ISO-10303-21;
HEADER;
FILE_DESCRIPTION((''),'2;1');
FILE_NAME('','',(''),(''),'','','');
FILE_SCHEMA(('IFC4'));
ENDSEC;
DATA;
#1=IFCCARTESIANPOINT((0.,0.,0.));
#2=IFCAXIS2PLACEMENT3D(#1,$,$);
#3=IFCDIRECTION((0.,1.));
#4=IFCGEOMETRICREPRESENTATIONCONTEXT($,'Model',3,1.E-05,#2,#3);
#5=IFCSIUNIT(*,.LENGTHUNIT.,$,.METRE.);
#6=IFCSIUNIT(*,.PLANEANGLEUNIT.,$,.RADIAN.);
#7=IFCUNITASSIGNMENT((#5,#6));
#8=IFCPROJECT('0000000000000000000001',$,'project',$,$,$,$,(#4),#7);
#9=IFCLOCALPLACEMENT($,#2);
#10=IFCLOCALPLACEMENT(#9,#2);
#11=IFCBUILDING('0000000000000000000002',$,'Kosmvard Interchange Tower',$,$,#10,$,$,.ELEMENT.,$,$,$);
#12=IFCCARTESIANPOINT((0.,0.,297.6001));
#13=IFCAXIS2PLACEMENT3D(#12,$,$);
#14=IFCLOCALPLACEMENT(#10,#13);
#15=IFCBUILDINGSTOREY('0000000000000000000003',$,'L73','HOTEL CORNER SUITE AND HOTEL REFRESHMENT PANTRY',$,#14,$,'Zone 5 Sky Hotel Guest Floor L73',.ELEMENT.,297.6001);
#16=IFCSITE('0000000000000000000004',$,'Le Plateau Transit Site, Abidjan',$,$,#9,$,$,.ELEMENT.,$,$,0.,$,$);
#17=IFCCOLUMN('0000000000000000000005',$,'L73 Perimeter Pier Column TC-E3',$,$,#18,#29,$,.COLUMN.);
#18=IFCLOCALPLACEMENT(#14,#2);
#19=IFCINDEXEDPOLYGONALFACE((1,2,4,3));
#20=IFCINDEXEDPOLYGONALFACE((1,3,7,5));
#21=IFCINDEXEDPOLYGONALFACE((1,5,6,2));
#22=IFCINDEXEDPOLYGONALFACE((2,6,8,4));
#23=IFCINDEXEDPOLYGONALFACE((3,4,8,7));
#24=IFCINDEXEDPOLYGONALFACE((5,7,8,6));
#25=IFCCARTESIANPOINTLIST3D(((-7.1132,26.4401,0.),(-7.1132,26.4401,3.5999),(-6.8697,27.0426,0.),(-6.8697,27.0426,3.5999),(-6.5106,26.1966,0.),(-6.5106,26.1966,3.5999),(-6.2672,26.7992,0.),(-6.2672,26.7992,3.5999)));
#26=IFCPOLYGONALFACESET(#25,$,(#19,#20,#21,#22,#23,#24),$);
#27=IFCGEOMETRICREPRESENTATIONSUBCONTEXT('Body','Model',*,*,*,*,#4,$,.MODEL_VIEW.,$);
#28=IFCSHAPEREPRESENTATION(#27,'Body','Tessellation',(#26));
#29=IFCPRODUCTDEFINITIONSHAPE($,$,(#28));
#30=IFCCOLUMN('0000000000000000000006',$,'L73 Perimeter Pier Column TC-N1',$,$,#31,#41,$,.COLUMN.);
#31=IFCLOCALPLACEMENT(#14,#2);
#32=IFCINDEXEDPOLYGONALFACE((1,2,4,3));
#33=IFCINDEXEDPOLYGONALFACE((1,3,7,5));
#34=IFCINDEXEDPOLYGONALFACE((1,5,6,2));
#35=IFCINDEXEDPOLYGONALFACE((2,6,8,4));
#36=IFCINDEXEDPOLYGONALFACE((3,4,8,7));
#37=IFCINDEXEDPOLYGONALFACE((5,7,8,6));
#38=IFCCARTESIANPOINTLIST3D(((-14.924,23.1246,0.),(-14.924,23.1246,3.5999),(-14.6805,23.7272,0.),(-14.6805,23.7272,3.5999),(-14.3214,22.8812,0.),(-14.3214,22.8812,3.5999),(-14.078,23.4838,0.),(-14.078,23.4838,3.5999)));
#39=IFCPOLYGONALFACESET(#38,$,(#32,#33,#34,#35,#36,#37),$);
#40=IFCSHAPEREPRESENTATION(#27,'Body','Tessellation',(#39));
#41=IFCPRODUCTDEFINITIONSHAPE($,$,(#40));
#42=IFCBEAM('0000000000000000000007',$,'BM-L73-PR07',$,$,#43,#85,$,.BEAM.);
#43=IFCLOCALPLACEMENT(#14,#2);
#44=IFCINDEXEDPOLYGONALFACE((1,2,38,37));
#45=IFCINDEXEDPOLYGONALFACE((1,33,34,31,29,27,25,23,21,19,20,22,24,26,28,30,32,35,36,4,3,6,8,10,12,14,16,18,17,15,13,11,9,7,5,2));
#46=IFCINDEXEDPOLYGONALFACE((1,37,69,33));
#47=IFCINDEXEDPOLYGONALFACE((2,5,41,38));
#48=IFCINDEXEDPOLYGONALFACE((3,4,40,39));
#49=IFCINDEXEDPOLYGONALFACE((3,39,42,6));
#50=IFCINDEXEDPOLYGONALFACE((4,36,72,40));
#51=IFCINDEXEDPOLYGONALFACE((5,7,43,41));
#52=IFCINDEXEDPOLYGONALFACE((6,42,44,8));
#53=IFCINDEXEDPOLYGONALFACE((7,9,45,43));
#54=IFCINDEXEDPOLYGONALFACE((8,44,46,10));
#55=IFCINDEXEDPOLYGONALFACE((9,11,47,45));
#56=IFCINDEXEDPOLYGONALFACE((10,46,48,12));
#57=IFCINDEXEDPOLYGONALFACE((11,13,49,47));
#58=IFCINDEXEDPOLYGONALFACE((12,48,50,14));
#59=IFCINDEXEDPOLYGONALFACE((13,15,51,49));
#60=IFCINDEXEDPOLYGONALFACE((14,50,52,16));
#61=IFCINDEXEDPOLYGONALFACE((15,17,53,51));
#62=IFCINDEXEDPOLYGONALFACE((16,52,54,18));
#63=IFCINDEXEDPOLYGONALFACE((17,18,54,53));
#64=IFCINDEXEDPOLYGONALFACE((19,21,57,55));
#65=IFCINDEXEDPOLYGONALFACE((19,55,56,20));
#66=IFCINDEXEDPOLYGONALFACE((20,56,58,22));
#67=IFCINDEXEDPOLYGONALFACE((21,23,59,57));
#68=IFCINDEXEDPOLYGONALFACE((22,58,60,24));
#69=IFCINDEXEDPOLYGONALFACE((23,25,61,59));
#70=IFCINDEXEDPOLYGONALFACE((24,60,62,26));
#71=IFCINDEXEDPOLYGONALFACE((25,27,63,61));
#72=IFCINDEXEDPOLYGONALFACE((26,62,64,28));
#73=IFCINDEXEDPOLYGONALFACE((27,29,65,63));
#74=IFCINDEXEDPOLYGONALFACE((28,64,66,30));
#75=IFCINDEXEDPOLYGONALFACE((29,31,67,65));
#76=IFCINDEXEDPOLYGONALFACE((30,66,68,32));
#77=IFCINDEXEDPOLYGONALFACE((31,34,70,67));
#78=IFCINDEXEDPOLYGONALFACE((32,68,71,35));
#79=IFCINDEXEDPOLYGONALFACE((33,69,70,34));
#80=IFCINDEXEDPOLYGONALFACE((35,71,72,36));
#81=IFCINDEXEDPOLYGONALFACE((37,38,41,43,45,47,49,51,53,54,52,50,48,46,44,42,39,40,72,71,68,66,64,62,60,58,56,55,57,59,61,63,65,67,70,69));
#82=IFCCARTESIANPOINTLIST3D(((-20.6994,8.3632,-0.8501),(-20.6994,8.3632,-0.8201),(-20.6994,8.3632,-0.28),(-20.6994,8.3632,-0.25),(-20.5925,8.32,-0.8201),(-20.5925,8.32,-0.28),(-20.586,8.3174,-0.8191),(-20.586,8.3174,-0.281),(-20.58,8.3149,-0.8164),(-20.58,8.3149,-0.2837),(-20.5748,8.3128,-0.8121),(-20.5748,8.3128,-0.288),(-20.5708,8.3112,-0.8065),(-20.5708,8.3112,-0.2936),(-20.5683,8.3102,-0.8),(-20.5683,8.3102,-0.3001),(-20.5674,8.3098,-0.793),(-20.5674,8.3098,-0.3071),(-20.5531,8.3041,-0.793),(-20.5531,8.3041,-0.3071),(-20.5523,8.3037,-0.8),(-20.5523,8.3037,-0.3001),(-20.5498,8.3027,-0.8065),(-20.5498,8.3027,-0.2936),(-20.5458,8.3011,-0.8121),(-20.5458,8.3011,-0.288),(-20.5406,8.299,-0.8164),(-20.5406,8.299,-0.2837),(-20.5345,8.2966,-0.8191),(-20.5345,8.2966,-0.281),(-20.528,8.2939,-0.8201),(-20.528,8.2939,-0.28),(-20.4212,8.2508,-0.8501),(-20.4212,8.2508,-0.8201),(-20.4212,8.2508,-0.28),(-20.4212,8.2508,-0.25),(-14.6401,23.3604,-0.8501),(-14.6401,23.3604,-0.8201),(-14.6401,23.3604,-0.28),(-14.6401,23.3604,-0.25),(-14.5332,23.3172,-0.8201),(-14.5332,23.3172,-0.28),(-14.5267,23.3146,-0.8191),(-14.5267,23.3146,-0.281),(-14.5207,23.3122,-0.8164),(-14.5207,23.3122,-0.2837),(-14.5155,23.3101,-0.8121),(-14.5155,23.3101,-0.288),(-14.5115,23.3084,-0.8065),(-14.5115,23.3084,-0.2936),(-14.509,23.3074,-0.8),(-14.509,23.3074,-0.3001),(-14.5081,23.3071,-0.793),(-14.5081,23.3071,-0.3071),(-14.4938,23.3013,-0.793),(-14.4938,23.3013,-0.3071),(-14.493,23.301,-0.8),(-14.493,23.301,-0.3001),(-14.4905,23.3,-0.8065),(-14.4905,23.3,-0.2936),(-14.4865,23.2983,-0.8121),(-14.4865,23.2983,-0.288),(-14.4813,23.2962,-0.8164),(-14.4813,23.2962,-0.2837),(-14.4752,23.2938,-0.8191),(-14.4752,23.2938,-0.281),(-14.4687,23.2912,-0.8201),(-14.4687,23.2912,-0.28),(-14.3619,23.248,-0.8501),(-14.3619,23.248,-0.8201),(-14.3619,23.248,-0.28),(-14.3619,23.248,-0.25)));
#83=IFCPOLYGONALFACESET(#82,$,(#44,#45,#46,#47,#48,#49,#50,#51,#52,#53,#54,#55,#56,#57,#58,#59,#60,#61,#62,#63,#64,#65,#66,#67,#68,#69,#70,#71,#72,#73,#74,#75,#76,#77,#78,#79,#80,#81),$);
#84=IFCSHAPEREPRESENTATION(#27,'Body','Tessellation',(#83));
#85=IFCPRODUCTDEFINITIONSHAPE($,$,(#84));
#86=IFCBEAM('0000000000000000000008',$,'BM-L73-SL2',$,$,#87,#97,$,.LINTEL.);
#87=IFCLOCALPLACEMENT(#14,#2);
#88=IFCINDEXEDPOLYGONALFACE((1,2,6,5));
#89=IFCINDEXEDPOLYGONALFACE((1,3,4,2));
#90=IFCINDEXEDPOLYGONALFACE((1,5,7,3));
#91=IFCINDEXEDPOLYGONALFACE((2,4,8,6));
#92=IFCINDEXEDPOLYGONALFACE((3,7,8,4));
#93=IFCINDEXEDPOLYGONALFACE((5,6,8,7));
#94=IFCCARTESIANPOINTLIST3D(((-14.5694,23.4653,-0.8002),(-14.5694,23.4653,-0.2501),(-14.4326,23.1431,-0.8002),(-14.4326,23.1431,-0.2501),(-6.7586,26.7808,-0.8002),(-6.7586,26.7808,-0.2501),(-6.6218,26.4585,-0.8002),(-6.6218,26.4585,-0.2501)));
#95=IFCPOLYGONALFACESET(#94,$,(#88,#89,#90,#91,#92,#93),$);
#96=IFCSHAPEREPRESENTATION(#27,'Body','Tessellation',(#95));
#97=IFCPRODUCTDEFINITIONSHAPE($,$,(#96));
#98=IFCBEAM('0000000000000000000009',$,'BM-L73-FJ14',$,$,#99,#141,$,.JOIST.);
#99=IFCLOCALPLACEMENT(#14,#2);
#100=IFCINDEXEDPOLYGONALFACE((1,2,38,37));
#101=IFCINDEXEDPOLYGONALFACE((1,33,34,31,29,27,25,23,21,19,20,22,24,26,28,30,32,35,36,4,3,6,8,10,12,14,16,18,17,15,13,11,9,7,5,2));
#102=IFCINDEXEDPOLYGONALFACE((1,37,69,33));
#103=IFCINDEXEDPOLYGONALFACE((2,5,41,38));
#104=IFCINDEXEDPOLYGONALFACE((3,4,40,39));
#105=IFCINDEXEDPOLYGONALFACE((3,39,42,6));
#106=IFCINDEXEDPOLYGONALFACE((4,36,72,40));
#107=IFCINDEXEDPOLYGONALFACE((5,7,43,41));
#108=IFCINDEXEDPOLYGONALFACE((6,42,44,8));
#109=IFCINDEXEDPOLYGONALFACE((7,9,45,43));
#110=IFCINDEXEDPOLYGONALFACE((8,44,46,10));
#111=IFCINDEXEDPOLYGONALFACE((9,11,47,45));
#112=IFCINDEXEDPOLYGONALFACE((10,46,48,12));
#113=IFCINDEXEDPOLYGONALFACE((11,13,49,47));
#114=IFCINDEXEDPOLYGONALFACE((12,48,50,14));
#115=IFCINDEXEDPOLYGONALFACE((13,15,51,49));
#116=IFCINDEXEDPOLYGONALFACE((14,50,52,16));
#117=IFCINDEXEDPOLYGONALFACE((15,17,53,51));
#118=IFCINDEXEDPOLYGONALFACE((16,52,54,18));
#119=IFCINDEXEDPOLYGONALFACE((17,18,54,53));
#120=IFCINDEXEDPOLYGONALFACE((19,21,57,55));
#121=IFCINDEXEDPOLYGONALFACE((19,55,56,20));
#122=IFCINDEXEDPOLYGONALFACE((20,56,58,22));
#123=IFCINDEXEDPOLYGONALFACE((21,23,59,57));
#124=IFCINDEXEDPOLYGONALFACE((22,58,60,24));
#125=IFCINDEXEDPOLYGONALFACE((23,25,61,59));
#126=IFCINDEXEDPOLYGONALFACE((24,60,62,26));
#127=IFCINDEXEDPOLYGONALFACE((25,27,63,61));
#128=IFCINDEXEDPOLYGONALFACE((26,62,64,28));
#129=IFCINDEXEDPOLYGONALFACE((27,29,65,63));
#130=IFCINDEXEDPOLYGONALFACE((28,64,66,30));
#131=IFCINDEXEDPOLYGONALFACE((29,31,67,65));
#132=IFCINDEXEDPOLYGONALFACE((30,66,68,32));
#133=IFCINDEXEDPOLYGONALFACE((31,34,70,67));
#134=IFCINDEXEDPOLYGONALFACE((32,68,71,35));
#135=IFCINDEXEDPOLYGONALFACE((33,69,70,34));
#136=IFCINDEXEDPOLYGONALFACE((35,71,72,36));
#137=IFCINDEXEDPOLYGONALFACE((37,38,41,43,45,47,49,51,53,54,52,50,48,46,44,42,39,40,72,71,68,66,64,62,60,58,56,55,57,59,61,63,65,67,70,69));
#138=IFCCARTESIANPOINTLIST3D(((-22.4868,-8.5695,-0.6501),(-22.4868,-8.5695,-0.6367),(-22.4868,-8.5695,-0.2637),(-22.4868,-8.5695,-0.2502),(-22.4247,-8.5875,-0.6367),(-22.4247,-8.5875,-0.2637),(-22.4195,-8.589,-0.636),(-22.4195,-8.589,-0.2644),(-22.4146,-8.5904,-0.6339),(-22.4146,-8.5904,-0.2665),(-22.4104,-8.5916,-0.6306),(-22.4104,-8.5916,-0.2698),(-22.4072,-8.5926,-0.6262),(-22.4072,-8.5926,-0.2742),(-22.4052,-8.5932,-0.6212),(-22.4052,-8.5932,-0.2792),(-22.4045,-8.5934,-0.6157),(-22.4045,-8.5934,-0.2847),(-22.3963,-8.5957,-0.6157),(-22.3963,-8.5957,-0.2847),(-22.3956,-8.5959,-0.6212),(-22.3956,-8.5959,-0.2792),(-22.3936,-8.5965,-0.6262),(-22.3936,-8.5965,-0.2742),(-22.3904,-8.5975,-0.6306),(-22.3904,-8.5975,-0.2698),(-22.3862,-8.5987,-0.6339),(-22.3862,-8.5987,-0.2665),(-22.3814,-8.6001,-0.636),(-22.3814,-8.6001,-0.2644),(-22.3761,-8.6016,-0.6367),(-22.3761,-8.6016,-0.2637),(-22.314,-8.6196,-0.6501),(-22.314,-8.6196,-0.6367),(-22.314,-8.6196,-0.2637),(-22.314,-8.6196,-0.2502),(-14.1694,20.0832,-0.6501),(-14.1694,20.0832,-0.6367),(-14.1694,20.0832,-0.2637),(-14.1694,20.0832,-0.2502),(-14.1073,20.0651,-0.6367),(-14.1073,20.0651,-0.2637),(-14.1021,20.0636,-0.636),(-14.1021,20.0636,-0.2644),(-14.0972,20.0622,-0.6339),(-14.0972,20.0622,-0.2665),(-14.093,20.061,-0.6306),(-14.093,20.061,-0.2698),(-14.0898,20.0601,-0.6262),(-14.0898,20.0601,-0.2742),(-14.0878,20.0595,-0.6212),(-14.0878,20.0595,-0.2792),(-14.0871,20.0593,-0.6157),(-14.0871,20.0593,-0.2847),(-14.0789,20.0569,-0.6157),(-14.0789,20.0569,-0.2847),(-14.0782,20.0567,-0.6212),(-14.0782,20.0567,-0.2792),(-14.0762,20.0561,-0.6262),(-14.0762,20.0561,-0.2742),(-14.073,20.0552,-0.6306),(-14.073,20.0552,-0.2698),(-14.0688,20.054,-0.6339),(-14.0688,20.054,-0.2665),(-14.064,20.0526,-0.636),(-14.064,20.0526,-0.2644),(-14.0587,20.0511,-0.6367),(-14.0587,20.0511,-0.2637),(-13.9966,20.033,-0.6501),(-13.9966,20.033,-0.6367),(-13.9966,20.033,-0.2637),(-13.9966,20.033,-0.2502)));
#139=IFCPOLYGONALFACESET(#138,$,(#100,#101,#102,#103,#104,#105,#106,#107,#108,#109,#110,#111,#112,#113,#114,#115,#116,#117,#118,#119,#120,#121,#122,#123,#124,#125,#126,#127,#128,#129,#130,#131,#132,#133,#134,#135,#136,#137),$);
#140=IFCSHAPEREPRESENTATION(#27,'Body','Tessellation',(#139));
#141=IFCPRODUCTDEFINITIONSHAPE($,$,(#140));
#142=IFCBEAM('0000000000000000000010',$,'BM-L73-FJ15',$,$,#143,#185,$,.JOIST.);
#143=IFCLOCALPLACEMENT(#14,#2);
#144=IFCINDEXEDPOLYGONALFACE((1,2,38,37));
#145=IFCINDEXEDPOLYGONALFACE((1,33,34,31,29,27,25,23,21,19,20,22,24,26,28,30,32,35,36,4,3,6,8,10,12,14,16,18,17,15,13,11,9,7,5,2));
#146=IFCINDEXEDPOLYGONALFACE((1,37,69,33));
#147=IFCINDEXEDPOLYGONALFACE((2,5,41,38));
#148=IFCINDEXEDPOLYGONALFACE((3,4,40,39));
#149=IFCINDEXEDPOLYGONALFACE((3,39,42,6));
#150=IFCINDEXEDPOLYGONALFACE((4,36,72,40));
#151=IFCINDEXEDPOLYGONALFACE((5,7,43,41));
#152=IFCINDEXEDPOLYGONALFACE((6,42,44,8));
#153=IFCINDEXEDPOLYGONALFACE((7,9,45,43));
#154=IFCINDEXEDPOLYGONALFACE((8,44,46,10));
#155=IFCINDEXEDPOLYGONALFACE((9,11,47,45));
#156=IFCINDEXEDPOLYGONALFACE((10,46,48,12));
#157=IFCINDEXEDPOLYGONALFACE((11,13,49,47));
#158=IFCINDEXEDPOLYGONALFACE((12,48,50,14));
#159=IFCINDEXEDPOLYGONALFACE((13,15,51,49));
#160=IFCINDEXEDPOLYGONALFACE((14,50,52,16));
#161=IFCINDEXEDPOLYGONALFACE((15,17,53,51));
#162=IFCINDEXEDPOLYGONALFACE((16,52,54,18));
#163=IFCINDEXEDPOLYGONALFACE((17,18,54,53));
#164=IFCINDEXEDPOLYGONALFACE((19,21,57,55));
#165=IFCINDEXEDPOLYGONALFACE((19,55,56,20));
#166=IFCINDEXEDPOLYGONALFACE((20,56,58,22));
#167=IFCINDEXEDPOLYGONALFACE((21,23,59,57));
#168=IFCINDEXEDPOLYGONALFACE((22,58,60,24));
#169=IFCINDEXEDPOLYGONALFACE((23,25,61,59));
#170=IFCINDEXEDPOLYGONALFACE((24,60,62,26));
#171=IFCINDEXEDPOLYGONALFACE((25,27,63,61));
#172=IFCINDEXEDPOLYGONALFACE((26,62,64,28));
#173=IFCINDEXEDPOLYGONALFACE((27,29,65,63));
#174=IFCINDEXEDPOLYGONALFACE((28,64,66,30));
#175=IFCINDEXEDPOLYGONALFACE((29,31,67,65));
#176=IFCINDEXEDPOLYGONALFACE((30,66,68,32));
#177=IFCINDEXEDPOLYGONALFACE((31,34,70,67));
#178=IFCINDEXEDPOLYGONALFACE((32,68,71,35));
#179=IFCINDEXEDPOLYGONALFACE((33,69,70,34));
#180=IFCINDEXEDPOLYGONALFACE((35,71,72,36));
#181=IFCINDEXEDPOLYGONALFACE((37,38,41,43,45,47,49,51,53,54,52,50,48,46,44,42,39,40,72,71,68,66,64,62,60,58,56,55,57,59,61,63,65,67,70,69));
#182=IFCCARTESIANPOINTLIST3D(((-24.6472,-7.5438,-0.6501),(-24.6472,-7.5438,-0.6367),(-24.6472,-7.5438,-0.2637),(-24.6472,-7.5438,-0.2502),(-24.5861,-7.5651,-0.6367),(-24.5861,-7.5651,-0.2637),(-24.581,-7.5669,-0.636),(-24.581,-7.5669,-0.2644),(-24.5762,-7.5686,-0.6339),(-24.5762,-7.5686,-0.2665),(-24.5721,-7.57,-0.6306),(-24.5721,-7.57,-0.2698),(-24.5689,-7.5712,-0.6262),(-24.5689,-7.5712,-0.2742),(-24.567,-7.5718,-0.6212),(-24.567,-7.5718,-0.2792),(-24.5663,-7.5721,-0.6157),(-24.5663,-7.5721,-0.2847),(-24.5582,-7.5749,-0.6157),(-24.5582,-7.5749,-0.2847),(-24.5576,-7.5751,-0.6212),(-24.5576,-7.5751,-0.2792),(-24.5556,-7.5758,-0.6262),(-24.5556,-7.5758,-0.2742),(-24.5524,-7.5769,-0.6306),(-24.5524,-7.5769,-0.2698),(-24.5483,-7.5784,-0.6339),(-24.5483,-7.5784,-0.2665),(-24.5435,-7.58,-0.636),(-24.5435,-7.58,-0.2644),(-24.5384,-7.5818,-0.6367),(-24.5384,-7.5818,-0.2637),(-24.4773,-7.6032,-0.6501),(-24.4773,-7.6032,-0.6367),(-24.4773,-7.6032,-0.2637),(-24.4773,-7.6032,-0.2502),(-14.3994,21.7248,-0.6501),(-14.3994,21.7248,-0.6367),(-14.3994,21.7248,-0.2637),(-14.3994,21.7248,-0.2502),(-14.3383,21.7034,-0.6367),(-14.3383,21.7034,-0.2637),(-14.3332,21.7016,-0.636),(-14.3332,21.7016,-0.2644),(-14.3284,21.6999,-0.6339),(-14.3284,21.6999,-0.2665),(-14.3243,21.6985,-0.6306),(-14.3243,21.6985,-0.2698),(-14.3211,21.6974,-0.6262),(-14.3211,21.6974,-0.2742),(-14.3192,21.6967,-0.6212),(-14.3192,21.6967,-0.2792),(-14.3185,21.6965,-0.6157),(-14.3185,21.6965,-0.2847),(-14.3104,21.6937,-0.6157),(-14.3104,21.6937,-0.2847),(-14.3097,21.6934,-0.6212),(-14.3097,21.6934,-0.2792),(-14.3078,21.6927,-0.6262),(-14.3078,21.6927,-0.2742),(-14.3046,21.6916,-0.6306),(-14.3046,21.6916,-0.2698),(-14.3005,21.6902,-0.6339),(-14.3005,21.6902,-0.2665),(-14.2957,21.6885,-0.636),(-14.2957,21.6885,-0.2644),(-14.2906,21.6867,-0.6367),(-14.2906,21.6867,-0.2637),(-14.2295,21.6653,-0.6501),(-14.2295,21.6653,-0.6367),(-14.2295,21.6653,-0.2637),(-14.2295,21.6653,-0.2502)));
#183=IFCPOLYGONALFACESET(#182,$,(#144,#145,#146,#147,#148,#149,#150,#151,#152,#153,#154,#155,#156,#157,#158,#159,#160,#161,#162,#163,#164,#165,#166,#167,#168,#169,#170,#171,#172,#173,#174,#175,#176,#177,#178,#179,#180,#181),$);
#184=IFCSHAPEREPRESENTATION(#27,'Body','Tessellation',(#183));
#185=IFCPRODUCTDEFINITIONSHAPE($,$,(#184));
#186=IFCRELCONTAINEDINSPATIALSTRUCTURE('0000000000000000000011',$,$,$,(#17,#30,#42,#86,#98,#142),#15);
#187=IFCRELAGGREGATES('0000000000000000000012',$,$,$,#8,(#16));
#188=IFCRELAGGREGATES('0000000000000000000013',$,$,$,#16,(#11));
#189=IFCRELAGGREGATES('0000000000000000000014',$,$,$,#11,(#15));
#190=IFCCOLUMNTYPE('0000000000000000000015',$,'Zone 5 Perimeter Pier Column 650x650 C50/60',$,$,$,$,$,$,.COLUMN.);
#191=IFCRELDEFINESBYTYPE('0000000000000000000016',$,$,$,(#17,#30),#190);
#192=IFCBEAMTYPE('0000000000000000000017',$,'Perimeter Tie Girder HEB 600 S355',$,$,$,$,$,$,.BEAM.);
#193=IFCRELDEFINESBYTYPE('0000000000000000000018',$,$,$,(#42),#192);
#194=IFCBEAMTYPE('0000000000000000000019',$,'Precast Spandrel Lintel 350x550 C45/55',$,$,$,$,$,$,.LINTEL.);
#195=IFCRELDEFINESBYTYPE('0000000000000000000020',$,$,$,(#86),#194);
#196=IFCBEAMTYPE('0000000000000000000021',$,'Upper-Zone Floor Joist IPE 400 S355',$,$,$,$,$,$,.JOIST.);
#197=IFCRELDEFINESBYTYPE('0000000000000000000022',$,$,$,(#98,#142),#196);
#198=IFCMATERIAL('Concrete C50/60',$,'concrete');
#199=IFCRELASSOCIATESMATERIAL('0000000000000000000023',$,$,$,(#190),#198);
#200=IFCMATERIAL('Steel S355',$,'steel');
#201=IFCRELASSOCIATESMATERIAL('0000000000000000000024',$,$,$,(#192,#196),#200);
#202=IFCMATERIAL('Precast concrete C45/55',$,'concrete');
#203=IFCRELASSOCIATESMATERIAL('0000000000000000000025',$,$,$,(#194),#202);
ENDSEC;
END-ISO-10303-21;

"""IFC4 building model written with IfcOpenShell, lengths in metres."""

from ifc_helpers import new_model, si_unit, direction, frame, origin, origin_2d, place, context, subcontext, project, spatial, rectangle, i_section, extrude, source, transform, mapped, material, material_profile, profile_set, type_object, element, save


model = new_model("IFC4")

# Units and contexts
model_context = context("Model", 3, precision=1e-05, world=origin(), true_north=direction((0.0, 1.0)))
body_context = subcontext(model_context, "Body", "Model", "MODEL_VIEW")
ifc_project = project(units=[si_unit("LENGTHUNIT", "METRE"), si_unit("PLANEANGLEUNIT", "RADIAN")], contexts=[model_context])

# Site, building, storey
site_placement = place(None, origin())
site = spatial("IfcSite", under=ifc_project, at=site_placement, Name="Le Plateau Transit Site, Abidjan", CompositionType="ELEMENT", RefElevation=0.0)
building_placement = place(site_placement, origin())
building = spatial("IfcBuilding", under=site, at=building_placement, Name="Kosmvard Interchange Tower", CompositionType="ELEMENT")
storey_placement = place(building_placement, frame((0.0, 0.0, 297.6001)))
storey = spatial("IfcBuildingStorey", under=building, at=storey_placement, Name="L73", Description="HOTEL CORNER SUITE AND HOTEL REFRESHMENT PANTRY", LongName="Zone 5 Sky Hotel Guest Floor L73", CompositionType="ELEMENT", Elevation=297.6001)

# Columns
ifc_material_1 = material(Name="Concrete C50/60", Category="concrete")
ifc_material_profile_1 = material_profile(ifc_material_1, rectangle(XDim=0.6499, YDim=0.6499, at=origin_2d()), Name="TC 650x650")
ifc_profile_set_1 = profile_set([ifc_material_profile_1], Name="Concrete C50/60")
column_type = type_object("IfcColumnType", Name="Zone 5 Perimeter Pier Column 650x650 C50/60", PredefinedType="COLUMN", material=ifc_profile_set_1)
shared_shape_1 = source(origin(), body_context, "Body", "SweptSolid", [
    extrude(rectangle(XDim=0.6499, YDim=0.6499, at=origin_2d()), origin(), (0.0, 0.0, 1.0), 3.5999),
])
for number, where, z_axis, x_axis, name in (
    (1, (-6.6902, 26.6196, 0.0), (0.0, 0.0, 1.0), (0.374607, 0.927184, 0.0), "L73 Perimeter Pier Column TC-E3"),
    (2, (-14.501, 23.3042, 0.0), (0.0, 0.0, 1.0), (0.374607, 0.927184, 0.0), "L73 Perimeter Pier Column TC-N1"),
):
    element("IfcColumn", number, at=place(storey_placement, frame(where, z_axis=z_axis, x_axis=x_axis)), inside=storey, type_object=column_type, Name=name, PredefinedType="COLUMN", context=body_context, shape_type="MappedRepresentation", body=[
        mapped(shared_shape_1, transform((0.0, 0.0, 0.0), scale=1.0)),
    ])

# Beams
ifc_material_2 = material(Name="Steel S355", Category="steel")
ifc_material_profile_2 = material_profile(ifc_material_2, i_section(OverallWidth=0.3, OverallDepth=0.6001, WebThickness=0.0154, FlangeThickness=0.03, FilletRadius=0.0271, at=origin_2d()), Name="HEB 600")
ifc_profile_set_2 = profile_set([ifc_material_profile_2], Name="Steel S355")
beam_type_1 = type_object("IfcBeamType", Name="Perimeter Tie Girder HEB 600 S355", PredefinedType="BEAM", material=ifc_profile_set_2)
shared_shape_2 = source(origin(), body_context, "Body", "SweptSolid", [
    extrude(i_section(OverallWidth=0.3, OverallDepth=0.6001, WebThickness=0.0154, FlangeThickness=0.03, FilletRadius=0.0271, at=origin_2d()), origin(), (0.0, 0.0, 1.0), 16.175),
])
beam_1_placement = place(storey_placement, frame((-14.501, 23.3042, -0.55), z_axis=(-0.374608, -0.927183, 0.0), x_axis=(0.927183, -0.374608, 0.0)))
element("IfcBeam", 3, at=beam_1_placement, inside=storey, type_object=beam_type_1, Name="BM-L73-PR07", PredefinedType="BEAM", context=body_context, shape_type="MappedRepresentation", body=[
    mapped(shared_shape_2, transform((0.0, 0.0, 0.0), scale=1.0)),
])
ifc_material_3 = material(Name="Precast concrete C45/55", Category="concrete")
ifc_material_profile_3 = material_profile(ifc_material_3, rectangle(XDim=0.3501, YDim=0.55, at=origin_2d()), Name="SL 350x550")
ifc_profile_set_3 = profile_set([ifc_material_profile_3], Name="Precast concrete C45/55")
beam_type_2 = type_object("IfcBeamType", Name="Precast Spandrel Lintel 350x550 C45/55", PredefinedType="LINTEL", material=ifc_profile_set_3)
shared_shape_3 = source(origin(), body_context, "Body", "SweptSolid", [
    extrude(rectangle(XDim=0.3501, YDim=0.55, at=origin_2d()), origin(), (0.0, 0.0, 1.0), 8.4854),
])
beam_2_placement = place(storey_placement, frame((-6.6902, 26.6196, -0.5251), z_axis=(-0.920507, -0.390726, 0.0), x_axis=(0.390726, -0.920507, 0.0)))
element("IfcBeam", 4, at=beam_2_placement, inside=storey, type_object=beam_type_2, Name="BM-L73-SL2", PredefinedType="LINTEL", context=body_context, shape_type="MappedRepresentation", body=[
    mapped(shared_shape_3, transform((0.0, 0.0, 0.0), scale=1.0)),
])
ifc_material_profile_4 = material_profile(ifc_material_2, i_section(OverallWidth=0.1799, OverallDepth=0.3999, WebThickness=0.0085, FlangeThickness=0.0134, FilletRadius=0.021, at=origin_2d()), Name="IPE 400")
ifc_profile_set_4 = profile_set([ifc_material_profile_4], Name="Steel S355")
beam_type_3 = type_object("IfcBeamType", Name="Upper-Zone Floor Joist IPE 400 S355", PredefinedType="JOIST", material=ifc_profile_set_4)
shared_shape_4 = source(origin(), body_context, "Body", "SweptSolid", [
    extrude(i_section(OverallWidth=0.1799, OverallDepth=0.3999, WebThickness=0.0085, FlangeThickness=0.0134, FilletRadius=0.021, at=origin_2d()), origin(), (0.0, 0.0, 1.0), 29.8354),
])
beam_3_placement = place(storey_placement, frame((-14.083, 20.0581, -0.4502), z_axis=(-0.278776, -0.960356, 0.0), x_axis=(0.960356, -0.278776, 0.0)))
element("IfcBeam", 5, at=beam_3_placement, inside=storey, type_object=beam_type_3, Name="BM-L73-FJ14", PredefinedType="JOIST", context=body_context, shape_type="MappedRepresentation", body=[
    mapped(shared_shape_4, transform((0.0, 0.0, 0.0), scale=1.0)),
])
shared_shape_5 = source(origin(), body_context, "Body", "SweptSolid", [
    extrude(i_section(OverallWidth=0.1799, OverallDepth=0.3999, WebThickness=0.0085, FlangeThickness=0.0134, FilletRadius=0.021, at=origin_2d()), origin(), (0.0, 0.0, 1.0), 31.0107),
])
beam_4_placement = place(storey_placement, frame((-14.3145, 21.6951, -0.4502), z_axis=(-0.33046, -0.94382, 0.0), x_axis=(0.94382, -0.33046, 0.0)))
element("IfcBeam", 6, at=beam_4_placement, inside=storey, type_object=beam_type_3, Name="BM-L73-FJ15", PredefinedType="JOIST", context=body_context, shape_type="MappedRepresentation", body=[
    mapped(shared_shape_5, transform((0.0, 0.0, 0.0), scale=1.0)),
])

save(model, "model.ifc")
